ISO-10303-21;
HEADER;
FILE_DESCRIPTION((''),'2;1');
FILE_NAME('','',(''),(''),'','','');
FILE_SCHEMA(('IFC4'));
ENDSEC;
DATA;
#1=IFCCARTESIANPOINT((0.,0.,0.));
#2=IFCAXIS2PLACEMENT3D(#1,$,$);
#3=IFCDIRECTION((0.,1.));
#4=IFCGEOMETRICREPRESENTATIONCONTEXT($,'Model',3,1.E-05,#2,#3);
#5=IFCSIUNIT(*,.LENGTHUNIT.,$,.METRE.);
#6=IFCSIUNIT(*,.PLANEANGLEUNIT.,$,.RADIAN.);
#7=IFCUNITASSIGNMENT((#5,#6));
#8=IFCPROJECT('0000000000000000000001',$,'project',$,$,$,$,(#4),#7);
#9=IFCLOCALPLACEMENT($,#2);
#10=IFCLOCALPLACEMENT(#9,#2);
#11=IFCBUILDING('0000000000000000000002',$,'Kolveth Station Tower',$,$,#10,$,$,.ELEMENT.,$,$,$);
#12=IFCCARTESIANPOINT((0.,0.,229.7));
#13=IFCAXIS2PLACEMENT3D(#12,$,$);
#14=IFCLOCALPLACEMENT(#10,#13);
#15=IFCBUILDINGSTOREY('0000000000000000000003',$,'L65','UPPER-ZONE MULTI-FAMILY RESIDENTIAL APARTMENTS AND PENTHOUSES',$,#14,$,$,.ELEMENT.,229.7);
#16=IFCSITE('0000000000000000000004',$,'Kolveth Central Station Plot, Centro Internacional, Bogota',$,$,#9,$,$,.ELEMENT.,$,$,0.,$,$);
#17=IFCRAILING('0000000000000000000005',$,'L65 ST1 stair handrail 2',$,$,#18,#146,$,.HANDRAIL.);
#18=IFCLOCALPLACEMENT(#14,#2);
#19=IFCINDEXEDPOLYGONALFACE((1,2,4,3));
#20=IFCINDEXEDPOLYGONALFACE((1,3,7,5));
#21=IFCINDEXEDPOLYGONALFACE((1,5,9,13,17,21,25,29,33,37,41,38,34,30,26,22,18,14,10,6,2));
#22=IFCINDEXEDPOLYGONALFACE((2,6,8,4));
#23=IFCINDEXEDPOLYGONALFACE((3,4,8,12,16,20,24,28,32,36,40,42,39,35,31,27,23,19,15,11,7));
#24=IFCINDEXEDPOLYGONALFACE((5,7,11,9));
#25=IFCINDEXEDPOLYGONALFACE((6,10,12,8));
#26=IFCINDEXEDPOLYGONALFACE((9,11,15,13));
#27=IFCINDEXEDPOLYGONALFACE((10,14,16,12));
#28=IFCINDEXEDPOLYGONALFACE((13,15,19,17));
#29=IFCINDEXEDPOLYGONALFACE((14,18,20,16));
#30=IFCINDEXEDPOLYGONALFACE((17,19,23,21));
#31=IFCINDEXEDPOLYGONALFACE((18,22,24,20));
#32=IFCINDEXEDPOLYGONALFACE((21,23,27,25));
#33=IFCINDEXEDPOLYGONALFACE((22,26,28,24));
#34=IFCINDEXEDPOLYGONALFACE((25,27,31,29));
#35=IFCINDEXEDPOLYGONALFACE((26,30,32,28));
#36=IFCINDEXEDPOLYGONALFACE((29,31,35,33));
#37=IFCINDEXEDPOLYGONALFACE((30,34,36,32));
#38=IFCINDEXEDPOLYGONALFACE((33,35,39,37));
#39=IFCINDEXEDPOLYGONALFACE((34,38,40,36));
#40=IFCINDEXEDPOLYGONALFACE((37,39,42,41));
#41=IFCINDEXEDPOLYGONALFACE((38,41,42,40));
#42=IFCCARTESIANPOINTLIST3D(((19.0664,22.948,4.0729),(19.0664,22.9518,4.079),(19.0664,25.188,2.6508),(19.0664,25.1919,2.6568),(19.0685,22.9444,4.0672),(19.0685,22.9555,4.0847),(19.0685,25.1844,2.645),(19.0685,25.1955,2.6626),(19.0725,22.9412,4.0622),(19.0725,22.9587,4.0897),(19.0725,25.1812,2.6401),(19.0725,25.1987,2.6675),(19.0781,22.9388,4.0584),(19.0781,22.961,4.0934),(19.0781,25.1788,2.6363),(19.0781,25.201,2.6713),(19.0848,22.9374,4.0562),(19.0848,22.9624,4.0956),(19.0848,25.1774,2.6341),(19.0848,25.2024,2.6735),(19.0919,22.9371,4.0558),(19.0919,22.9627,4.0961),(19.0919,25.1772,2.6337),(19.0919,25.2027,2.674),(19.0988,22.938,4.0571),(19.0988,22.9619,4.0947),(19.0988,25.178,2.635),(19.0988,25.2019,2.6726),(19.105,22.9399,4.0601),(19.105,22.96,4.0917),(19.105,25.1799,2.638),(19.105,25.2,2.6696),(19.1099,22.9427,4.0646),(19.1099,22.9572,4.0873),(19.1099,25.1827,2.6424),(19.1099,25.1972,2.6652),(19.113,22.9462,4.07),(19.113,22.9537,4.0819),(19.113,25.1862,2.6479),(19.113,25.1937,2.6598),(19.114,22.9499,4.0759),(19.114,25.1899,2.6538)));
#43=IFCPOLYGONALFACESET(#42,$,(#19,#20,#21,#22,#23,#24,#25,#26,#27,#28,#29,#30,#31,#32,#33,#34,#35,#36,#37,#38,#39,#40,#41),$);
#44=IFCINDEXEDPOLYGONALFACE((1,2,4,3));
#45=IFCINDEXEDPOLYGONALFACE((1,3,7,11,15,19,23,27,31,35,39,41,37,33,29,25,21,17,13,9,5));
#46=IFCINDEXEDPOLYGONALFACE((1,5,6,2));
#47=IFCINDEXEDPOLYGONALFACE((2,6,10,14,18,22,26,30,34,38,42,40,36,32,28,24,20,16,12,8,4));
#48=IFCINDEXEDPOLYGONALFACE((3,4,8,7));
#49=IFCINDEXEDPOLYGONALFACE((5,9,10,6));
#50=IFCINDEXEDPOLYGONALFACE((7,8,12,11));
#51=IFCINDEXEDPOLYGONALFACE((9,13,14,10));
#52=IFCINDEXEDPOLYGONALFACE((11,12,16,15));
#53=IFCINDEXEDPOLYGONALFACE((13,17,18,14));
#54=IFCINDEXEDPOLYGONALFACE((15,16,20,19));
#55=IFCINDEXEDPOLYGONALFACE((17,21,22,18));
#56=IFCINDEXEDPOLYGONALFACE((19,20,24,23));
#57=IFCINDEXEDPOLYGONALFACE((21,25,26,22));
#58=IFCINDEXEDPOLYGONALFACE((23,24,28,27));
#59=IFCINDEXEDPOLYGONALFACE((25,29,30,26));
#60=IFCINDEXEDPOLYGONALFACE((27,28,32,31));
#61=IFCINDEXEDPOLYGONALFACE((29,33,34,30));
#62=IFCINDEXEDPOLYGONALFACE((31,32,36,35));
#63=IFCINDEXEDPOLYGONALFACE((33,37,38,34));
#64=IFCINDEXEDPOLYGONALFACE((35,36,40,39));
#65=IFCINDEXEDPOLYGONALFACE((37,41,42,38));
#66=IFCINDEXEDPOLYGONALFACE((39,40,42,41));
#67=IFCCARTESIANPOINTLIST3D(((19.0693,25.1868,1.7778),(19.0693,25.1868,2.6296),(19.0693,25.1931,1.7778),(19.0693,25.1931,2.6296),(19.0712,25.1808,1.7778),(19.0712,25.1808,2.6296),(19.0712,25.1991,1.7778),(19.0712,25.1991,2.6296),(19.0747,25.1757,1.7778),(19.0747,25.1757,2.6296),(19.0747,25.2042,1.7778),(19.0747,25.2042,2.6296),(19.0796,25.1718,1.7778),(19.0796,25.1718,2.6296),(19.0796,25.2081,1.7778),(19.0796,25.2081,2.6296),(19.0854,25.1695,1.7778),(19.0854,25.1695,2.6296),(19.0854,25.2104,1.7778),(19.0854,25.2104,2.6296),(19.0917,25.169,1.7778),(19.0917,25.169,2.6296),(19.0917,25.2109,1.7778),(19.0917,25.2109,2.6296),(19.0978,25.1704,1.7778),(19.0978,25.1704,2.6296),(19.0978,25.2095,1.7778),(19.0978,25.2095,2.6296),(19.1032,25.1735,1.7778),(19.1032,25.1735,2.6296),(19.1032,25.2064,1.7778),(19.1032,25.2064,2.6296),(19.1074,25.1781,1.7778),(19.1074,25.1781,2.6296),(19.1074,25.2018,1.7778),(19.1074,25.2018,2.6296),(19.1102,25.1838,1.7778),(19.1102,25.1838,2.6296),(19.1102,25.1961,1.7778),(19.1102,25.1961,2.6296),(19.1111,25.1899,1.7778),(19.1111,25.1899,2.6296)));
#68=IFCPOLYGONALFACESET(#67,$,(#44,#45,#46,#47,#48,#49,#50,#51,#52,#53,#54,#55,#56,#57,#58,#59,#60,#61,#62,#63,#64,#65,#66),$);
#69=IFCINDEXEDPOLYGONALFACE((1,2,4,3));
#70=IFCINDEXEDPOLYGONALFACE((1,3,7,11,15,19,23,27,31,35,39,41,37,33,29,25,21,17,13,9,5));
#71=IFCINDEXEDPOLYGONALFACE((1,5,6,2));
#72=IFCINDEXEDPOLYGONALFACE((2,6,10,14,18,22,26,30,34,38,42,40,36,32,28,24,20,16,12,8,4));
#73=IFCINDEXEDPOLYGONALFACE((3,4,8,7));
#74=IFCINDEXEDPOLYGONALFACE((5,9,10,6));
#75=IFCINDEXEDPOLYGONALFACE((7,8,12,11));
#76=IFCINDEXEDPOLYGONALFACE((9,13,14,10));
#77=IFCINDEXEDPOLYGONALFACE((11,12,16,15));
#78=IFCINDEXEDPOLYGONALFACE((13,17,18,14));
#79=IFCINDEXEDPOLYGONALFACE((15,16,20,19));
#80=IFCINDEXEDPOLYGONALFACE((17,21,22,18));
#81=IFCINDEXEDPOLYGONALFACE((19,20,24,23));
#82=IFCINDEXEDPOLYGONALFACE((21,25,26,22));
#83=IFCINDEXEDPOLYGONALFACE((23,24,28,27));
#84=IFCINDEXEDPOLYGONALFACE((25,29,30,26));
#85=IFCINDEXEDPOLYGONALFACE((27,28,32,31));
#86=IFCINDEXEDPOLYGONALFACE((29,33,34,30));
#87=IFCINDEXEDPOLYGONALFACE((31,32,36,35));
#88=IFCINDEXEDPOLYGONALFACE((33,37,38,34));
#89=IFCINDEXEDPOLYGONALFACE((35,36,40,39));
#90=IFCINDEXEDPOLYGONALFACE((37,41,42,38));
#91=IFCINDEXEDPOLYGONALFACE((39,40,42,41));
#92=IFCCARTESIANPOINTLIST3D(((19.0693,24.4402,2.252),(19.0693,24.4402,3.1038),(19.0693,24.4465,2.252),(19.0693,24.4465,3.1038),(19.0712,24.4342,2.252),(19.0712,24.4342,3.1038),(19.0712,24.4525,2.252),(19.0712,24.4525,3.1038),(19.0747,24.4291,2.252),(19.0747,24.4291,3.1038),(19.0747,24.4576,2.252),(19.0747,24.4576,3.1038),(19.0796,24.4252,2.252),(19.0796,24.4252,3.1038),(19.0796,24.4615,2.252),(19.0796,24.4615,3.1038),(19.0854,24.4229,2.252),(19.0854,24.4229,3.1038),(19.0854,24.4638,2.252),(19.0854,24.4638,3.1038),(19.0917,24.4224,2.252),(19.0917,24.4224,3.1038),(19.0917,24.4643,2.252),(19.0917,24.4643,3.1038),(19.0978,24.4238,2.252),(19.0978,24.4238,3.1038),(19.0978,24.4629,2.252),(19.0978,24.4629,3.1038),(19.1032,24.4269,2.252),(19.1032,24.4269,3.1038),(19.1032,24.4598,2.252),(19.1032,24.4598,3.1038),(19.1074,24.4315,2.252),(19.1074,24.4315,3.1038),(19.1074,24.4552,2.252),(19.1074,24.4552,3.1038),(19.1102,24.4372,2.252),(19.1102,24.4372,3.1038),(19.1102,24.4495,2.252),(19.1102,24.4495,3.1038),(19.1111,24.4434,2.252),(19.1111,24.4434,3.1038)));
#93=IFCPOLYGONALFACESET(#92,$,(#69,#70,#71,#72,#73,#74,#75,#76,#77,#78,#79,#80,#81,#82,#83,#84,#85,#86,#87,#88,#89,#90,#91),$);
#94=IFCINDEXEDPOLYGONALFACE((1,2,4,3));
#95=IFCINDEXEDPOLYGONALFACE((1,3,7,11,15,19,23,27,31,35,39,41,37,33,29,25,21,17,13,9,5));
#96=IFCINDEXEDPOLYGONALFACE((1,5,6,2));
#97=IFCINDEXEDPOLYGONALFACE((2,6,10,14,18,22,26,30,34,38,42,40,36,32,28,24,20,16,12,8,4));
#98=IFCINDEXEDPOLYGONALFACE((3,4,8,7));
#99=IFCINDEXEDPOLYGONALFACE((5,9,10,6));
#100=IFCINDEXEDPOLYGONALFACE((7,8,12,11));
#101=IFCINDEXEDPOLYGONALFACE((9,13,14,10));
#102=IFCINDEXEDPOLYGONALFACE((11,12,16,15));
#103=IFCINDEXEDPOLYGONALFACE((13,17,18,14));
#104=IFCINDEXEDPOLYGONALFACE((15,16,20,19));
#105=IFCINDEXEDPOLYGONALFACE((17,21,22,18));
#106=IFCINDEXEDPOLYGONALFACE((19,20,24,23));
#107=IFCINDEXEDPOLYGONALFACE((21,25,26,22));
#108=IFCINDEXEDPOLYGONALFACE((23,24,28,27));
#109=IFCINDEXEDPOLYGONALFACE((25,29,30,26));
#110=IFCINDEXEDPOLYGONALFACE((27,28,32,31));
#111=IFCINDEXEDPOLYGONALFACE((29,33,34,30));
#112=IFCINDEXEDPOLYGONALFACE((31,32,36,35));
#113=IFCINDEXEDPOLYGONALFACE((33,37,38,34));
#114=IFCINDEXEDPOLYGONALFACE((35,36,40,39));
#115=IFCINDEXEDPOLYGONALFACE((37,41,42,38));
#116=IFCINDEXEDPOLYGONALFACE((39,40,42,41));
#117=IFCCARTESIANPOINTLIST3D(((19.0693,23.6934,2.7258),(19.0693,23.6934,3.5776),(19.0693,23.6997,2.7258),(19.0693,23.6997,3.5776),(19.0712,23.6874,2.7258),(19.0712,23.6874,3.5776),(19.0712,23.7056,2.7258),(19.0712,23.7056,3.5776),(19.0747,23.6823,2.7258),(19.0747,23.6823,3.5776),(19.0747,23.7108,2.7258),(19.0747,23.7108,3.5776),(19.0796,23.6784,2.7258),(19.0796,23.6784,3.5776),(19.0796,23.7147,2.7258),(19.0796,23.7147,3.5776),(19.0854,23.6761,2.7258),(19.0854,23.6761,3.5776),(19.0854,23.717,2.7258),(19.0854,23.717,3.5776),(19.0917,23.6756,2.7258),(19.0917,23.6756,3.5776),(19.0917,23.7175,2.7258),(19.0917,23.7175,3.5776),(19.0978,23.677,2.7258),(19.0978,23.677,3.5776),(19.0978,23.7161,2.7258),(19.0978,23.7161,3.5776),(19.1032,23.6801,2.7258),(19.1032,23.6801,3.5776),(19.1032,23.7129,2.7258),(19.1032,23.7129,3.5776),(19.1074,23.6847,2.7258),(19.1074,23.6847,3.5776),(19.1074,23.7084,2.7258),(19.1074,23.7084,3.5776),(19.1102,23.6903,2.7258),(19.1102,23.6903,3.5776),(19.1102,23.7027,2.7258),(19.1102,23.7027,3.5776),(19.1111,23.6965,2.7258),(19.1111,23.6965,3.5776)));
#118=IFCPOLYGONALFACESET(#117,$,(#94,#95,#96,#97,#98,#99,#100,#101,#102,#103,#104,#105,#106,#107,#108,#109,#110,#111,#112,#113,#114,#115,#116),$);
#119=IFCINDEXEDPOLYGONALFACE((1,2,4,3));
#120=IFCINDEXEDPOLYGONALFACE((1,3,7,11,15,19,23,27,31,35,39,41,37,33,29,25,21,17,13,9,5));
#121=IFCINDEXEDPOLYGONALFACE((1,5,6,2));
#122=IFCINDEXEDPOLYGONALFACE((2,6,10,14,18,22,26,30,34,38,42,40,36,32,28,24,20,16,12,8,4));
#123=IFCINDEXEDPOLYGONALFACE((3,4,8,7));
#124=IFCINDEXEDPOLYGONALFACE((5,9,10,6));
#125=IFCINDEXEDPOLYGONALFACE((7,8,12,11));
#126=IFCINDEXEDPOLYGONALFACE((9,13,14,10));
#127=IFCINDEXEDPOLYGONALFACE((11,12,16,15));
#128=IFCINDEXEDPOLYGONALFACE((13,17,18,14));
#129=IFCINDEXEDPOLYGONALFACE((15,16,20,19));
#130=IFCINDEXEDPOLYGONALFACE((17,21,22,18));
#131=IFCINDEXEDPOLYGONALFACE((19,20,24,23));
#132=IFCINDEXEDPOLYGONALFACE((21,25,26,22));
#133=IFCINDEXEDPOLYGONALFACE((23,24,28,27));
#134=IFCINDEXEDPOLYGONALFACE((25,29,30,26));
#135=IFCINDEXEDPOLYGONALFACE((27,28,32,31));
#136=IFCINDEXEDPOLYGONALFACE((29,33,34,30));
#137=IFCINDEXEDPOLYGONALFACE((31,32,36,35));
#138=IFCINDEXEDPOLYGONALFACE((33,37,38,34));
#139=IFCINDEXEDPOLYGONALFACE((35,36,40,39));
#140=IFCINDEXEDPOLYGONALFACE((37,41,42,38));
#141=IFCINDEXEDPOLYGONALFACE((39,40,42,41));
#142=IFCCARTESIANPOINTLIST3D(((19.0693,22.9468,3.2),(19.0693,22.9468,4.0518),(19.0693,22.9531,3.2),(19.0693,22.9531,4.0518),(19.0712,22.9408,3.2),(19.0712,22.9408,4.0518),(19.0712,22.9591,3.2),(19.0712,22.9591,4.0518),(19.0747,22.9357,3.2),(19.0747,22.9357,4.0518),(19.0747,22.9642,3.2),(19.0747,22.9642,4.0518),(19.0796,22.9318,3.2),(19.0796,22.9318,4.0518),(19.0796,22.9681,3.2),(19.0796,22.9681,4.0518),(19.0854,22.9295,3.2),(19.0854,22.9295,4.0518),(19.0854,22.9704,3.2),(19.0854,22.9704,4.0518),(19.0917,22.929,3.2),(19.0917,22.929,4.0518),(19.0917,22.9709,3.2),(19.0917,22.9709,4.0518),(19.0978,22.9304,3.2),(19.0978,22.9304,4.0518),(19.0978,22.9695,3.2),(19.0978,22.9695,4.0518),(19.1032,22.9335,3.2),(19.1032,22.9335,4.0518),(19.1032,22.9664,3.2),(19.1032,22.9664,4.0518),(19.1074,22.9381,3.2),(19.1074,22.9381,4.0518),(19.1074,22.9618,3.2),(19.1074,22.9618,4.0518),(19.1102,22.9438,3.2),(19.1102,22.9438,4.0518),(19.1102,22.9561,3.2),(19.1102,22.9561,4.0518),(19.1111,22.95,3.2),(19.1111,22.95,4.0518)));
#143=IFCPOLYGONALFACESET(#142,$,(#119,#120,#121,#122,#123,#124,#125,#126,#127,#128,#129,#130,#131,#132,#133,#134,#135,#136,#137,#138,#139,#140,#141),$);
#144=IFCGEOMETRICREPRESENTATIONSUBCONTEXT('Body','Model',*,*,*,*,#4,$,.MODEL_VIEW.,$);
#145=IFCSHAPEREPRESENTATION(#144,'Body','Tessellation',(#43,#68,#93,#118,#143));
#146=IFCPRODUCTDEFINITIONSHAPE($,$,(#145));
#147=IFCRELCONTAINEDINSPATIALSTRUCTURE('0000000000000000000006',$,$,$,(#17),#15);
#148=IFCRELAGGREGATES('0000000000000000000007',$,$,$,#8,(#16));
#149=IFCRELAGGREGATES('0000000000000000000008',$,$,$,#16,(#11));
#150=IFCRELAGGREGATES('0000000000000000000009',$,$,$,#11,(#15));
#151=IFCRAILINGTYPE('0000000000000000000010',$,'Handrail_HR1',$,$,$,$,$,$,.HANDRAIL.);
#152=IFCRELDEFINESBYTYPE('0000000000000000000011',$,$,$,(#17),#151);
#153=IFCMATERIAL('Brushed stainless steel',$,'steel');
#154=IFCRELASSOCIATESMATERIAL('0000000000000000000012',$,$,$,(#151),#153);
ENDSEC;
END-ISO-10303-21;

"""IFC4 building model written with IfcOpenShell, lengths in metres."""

from ifc_helpers import new_model, si_unit, direction, frame, origin, origin_2d, place, context, subcontext, project, spatial, circle, extrude, material, type_object, element, save


model = new_model("IFC4")

# Units and contexts
model_context = context("Model", 3, precision=1e-05, world=origin(), true_north=direction((0.0, 1.0)))
body_context = subcontext(model_context, "Body", "Model", "MODEL_VIEW")
ifc_project = project(units=[si_unit("LENGTHUNIT", "METRE"), si_unit("PLANEANGLEUNIT", "RADIAN")], contexts=[model_context])

# Site, building, storey
site_placement = place(None, origin())
site = spatial("IfcSite", under=ifc_project, at=site_placement, Name="Kolveth Central Station Plot, Centro Internacional, Bogota", CompositionType="ELEMENT", RefElevation=0.0)
building_placement = place(site_placement, origin())
building = spatial("IfcBuilding", under=site, at=building_placement, Name="Kolveth Station Tower", CompositionType="ELEMENT")
storey_placement = place(building_placement, frame((0.0, 0.0, 229.7)))
storey = spatial("IfcBuildingStorey", under=building, at=storey_placement, Name="L65", Description="UPPER-ZONE MULTI-FAMILY RESIDENTIAL APARTMENTS AND PENTHOUSES", CompositionType="ELEMENT", Elevation=229.7)

# Railing
ifc_material_1 = material(Name="Brushed stainless steel", Category="steel")
railing_type_1 = type_object("IfcRailingType", Name="Handrail_HR1", PredefinedType="HANDRAIL", material=ifc_material_1)
railing_1_placement = place(storey_placement, frame((19.0901, 25.1899, 1.7778)))
element("IfcRailing", 1, at=railing_1_placement, inside=storey, type_object=railing_type_1, Name="L65 ST1 stair handrail 2", PredefinedType="HANDRAIL", context=body_context, shape_type="SweptSolid", body=[
    extrude(circle(Radius=0.0239, at=origin_2d()), frame((0.0, 0.0, 0.876), z_axis=(0.0, -0.844229, 0.535982), x_axis=(1.0, 0.0, 0.0)), (0.0, 0.0, 1.0), 2.6533),
    extrude(circle(Radius=0.021, at=origin_2d()), origin(), (0.0, 0.0, 1.0), 0.8518),
    extrude(circle(Radius=0.021, at=origin_2d()), frame((0.0, -0.7466, 0.4741)), (0.0, 0.0, 1.0), 0.8518),
    extrude(circle(Radius=0.021, at=origin_2d()), frame((0.0, -1.4934, 0.948)), (0.0, 0.0, 1.0), 0.8518),
    extrude(circle(Radius=0.021, at=origin_2d()), frame((0.0, -2.24, 1.4221)), (0.0, 0.0, 1.0), 0.8518),
])

save(model, "model.ifc")
